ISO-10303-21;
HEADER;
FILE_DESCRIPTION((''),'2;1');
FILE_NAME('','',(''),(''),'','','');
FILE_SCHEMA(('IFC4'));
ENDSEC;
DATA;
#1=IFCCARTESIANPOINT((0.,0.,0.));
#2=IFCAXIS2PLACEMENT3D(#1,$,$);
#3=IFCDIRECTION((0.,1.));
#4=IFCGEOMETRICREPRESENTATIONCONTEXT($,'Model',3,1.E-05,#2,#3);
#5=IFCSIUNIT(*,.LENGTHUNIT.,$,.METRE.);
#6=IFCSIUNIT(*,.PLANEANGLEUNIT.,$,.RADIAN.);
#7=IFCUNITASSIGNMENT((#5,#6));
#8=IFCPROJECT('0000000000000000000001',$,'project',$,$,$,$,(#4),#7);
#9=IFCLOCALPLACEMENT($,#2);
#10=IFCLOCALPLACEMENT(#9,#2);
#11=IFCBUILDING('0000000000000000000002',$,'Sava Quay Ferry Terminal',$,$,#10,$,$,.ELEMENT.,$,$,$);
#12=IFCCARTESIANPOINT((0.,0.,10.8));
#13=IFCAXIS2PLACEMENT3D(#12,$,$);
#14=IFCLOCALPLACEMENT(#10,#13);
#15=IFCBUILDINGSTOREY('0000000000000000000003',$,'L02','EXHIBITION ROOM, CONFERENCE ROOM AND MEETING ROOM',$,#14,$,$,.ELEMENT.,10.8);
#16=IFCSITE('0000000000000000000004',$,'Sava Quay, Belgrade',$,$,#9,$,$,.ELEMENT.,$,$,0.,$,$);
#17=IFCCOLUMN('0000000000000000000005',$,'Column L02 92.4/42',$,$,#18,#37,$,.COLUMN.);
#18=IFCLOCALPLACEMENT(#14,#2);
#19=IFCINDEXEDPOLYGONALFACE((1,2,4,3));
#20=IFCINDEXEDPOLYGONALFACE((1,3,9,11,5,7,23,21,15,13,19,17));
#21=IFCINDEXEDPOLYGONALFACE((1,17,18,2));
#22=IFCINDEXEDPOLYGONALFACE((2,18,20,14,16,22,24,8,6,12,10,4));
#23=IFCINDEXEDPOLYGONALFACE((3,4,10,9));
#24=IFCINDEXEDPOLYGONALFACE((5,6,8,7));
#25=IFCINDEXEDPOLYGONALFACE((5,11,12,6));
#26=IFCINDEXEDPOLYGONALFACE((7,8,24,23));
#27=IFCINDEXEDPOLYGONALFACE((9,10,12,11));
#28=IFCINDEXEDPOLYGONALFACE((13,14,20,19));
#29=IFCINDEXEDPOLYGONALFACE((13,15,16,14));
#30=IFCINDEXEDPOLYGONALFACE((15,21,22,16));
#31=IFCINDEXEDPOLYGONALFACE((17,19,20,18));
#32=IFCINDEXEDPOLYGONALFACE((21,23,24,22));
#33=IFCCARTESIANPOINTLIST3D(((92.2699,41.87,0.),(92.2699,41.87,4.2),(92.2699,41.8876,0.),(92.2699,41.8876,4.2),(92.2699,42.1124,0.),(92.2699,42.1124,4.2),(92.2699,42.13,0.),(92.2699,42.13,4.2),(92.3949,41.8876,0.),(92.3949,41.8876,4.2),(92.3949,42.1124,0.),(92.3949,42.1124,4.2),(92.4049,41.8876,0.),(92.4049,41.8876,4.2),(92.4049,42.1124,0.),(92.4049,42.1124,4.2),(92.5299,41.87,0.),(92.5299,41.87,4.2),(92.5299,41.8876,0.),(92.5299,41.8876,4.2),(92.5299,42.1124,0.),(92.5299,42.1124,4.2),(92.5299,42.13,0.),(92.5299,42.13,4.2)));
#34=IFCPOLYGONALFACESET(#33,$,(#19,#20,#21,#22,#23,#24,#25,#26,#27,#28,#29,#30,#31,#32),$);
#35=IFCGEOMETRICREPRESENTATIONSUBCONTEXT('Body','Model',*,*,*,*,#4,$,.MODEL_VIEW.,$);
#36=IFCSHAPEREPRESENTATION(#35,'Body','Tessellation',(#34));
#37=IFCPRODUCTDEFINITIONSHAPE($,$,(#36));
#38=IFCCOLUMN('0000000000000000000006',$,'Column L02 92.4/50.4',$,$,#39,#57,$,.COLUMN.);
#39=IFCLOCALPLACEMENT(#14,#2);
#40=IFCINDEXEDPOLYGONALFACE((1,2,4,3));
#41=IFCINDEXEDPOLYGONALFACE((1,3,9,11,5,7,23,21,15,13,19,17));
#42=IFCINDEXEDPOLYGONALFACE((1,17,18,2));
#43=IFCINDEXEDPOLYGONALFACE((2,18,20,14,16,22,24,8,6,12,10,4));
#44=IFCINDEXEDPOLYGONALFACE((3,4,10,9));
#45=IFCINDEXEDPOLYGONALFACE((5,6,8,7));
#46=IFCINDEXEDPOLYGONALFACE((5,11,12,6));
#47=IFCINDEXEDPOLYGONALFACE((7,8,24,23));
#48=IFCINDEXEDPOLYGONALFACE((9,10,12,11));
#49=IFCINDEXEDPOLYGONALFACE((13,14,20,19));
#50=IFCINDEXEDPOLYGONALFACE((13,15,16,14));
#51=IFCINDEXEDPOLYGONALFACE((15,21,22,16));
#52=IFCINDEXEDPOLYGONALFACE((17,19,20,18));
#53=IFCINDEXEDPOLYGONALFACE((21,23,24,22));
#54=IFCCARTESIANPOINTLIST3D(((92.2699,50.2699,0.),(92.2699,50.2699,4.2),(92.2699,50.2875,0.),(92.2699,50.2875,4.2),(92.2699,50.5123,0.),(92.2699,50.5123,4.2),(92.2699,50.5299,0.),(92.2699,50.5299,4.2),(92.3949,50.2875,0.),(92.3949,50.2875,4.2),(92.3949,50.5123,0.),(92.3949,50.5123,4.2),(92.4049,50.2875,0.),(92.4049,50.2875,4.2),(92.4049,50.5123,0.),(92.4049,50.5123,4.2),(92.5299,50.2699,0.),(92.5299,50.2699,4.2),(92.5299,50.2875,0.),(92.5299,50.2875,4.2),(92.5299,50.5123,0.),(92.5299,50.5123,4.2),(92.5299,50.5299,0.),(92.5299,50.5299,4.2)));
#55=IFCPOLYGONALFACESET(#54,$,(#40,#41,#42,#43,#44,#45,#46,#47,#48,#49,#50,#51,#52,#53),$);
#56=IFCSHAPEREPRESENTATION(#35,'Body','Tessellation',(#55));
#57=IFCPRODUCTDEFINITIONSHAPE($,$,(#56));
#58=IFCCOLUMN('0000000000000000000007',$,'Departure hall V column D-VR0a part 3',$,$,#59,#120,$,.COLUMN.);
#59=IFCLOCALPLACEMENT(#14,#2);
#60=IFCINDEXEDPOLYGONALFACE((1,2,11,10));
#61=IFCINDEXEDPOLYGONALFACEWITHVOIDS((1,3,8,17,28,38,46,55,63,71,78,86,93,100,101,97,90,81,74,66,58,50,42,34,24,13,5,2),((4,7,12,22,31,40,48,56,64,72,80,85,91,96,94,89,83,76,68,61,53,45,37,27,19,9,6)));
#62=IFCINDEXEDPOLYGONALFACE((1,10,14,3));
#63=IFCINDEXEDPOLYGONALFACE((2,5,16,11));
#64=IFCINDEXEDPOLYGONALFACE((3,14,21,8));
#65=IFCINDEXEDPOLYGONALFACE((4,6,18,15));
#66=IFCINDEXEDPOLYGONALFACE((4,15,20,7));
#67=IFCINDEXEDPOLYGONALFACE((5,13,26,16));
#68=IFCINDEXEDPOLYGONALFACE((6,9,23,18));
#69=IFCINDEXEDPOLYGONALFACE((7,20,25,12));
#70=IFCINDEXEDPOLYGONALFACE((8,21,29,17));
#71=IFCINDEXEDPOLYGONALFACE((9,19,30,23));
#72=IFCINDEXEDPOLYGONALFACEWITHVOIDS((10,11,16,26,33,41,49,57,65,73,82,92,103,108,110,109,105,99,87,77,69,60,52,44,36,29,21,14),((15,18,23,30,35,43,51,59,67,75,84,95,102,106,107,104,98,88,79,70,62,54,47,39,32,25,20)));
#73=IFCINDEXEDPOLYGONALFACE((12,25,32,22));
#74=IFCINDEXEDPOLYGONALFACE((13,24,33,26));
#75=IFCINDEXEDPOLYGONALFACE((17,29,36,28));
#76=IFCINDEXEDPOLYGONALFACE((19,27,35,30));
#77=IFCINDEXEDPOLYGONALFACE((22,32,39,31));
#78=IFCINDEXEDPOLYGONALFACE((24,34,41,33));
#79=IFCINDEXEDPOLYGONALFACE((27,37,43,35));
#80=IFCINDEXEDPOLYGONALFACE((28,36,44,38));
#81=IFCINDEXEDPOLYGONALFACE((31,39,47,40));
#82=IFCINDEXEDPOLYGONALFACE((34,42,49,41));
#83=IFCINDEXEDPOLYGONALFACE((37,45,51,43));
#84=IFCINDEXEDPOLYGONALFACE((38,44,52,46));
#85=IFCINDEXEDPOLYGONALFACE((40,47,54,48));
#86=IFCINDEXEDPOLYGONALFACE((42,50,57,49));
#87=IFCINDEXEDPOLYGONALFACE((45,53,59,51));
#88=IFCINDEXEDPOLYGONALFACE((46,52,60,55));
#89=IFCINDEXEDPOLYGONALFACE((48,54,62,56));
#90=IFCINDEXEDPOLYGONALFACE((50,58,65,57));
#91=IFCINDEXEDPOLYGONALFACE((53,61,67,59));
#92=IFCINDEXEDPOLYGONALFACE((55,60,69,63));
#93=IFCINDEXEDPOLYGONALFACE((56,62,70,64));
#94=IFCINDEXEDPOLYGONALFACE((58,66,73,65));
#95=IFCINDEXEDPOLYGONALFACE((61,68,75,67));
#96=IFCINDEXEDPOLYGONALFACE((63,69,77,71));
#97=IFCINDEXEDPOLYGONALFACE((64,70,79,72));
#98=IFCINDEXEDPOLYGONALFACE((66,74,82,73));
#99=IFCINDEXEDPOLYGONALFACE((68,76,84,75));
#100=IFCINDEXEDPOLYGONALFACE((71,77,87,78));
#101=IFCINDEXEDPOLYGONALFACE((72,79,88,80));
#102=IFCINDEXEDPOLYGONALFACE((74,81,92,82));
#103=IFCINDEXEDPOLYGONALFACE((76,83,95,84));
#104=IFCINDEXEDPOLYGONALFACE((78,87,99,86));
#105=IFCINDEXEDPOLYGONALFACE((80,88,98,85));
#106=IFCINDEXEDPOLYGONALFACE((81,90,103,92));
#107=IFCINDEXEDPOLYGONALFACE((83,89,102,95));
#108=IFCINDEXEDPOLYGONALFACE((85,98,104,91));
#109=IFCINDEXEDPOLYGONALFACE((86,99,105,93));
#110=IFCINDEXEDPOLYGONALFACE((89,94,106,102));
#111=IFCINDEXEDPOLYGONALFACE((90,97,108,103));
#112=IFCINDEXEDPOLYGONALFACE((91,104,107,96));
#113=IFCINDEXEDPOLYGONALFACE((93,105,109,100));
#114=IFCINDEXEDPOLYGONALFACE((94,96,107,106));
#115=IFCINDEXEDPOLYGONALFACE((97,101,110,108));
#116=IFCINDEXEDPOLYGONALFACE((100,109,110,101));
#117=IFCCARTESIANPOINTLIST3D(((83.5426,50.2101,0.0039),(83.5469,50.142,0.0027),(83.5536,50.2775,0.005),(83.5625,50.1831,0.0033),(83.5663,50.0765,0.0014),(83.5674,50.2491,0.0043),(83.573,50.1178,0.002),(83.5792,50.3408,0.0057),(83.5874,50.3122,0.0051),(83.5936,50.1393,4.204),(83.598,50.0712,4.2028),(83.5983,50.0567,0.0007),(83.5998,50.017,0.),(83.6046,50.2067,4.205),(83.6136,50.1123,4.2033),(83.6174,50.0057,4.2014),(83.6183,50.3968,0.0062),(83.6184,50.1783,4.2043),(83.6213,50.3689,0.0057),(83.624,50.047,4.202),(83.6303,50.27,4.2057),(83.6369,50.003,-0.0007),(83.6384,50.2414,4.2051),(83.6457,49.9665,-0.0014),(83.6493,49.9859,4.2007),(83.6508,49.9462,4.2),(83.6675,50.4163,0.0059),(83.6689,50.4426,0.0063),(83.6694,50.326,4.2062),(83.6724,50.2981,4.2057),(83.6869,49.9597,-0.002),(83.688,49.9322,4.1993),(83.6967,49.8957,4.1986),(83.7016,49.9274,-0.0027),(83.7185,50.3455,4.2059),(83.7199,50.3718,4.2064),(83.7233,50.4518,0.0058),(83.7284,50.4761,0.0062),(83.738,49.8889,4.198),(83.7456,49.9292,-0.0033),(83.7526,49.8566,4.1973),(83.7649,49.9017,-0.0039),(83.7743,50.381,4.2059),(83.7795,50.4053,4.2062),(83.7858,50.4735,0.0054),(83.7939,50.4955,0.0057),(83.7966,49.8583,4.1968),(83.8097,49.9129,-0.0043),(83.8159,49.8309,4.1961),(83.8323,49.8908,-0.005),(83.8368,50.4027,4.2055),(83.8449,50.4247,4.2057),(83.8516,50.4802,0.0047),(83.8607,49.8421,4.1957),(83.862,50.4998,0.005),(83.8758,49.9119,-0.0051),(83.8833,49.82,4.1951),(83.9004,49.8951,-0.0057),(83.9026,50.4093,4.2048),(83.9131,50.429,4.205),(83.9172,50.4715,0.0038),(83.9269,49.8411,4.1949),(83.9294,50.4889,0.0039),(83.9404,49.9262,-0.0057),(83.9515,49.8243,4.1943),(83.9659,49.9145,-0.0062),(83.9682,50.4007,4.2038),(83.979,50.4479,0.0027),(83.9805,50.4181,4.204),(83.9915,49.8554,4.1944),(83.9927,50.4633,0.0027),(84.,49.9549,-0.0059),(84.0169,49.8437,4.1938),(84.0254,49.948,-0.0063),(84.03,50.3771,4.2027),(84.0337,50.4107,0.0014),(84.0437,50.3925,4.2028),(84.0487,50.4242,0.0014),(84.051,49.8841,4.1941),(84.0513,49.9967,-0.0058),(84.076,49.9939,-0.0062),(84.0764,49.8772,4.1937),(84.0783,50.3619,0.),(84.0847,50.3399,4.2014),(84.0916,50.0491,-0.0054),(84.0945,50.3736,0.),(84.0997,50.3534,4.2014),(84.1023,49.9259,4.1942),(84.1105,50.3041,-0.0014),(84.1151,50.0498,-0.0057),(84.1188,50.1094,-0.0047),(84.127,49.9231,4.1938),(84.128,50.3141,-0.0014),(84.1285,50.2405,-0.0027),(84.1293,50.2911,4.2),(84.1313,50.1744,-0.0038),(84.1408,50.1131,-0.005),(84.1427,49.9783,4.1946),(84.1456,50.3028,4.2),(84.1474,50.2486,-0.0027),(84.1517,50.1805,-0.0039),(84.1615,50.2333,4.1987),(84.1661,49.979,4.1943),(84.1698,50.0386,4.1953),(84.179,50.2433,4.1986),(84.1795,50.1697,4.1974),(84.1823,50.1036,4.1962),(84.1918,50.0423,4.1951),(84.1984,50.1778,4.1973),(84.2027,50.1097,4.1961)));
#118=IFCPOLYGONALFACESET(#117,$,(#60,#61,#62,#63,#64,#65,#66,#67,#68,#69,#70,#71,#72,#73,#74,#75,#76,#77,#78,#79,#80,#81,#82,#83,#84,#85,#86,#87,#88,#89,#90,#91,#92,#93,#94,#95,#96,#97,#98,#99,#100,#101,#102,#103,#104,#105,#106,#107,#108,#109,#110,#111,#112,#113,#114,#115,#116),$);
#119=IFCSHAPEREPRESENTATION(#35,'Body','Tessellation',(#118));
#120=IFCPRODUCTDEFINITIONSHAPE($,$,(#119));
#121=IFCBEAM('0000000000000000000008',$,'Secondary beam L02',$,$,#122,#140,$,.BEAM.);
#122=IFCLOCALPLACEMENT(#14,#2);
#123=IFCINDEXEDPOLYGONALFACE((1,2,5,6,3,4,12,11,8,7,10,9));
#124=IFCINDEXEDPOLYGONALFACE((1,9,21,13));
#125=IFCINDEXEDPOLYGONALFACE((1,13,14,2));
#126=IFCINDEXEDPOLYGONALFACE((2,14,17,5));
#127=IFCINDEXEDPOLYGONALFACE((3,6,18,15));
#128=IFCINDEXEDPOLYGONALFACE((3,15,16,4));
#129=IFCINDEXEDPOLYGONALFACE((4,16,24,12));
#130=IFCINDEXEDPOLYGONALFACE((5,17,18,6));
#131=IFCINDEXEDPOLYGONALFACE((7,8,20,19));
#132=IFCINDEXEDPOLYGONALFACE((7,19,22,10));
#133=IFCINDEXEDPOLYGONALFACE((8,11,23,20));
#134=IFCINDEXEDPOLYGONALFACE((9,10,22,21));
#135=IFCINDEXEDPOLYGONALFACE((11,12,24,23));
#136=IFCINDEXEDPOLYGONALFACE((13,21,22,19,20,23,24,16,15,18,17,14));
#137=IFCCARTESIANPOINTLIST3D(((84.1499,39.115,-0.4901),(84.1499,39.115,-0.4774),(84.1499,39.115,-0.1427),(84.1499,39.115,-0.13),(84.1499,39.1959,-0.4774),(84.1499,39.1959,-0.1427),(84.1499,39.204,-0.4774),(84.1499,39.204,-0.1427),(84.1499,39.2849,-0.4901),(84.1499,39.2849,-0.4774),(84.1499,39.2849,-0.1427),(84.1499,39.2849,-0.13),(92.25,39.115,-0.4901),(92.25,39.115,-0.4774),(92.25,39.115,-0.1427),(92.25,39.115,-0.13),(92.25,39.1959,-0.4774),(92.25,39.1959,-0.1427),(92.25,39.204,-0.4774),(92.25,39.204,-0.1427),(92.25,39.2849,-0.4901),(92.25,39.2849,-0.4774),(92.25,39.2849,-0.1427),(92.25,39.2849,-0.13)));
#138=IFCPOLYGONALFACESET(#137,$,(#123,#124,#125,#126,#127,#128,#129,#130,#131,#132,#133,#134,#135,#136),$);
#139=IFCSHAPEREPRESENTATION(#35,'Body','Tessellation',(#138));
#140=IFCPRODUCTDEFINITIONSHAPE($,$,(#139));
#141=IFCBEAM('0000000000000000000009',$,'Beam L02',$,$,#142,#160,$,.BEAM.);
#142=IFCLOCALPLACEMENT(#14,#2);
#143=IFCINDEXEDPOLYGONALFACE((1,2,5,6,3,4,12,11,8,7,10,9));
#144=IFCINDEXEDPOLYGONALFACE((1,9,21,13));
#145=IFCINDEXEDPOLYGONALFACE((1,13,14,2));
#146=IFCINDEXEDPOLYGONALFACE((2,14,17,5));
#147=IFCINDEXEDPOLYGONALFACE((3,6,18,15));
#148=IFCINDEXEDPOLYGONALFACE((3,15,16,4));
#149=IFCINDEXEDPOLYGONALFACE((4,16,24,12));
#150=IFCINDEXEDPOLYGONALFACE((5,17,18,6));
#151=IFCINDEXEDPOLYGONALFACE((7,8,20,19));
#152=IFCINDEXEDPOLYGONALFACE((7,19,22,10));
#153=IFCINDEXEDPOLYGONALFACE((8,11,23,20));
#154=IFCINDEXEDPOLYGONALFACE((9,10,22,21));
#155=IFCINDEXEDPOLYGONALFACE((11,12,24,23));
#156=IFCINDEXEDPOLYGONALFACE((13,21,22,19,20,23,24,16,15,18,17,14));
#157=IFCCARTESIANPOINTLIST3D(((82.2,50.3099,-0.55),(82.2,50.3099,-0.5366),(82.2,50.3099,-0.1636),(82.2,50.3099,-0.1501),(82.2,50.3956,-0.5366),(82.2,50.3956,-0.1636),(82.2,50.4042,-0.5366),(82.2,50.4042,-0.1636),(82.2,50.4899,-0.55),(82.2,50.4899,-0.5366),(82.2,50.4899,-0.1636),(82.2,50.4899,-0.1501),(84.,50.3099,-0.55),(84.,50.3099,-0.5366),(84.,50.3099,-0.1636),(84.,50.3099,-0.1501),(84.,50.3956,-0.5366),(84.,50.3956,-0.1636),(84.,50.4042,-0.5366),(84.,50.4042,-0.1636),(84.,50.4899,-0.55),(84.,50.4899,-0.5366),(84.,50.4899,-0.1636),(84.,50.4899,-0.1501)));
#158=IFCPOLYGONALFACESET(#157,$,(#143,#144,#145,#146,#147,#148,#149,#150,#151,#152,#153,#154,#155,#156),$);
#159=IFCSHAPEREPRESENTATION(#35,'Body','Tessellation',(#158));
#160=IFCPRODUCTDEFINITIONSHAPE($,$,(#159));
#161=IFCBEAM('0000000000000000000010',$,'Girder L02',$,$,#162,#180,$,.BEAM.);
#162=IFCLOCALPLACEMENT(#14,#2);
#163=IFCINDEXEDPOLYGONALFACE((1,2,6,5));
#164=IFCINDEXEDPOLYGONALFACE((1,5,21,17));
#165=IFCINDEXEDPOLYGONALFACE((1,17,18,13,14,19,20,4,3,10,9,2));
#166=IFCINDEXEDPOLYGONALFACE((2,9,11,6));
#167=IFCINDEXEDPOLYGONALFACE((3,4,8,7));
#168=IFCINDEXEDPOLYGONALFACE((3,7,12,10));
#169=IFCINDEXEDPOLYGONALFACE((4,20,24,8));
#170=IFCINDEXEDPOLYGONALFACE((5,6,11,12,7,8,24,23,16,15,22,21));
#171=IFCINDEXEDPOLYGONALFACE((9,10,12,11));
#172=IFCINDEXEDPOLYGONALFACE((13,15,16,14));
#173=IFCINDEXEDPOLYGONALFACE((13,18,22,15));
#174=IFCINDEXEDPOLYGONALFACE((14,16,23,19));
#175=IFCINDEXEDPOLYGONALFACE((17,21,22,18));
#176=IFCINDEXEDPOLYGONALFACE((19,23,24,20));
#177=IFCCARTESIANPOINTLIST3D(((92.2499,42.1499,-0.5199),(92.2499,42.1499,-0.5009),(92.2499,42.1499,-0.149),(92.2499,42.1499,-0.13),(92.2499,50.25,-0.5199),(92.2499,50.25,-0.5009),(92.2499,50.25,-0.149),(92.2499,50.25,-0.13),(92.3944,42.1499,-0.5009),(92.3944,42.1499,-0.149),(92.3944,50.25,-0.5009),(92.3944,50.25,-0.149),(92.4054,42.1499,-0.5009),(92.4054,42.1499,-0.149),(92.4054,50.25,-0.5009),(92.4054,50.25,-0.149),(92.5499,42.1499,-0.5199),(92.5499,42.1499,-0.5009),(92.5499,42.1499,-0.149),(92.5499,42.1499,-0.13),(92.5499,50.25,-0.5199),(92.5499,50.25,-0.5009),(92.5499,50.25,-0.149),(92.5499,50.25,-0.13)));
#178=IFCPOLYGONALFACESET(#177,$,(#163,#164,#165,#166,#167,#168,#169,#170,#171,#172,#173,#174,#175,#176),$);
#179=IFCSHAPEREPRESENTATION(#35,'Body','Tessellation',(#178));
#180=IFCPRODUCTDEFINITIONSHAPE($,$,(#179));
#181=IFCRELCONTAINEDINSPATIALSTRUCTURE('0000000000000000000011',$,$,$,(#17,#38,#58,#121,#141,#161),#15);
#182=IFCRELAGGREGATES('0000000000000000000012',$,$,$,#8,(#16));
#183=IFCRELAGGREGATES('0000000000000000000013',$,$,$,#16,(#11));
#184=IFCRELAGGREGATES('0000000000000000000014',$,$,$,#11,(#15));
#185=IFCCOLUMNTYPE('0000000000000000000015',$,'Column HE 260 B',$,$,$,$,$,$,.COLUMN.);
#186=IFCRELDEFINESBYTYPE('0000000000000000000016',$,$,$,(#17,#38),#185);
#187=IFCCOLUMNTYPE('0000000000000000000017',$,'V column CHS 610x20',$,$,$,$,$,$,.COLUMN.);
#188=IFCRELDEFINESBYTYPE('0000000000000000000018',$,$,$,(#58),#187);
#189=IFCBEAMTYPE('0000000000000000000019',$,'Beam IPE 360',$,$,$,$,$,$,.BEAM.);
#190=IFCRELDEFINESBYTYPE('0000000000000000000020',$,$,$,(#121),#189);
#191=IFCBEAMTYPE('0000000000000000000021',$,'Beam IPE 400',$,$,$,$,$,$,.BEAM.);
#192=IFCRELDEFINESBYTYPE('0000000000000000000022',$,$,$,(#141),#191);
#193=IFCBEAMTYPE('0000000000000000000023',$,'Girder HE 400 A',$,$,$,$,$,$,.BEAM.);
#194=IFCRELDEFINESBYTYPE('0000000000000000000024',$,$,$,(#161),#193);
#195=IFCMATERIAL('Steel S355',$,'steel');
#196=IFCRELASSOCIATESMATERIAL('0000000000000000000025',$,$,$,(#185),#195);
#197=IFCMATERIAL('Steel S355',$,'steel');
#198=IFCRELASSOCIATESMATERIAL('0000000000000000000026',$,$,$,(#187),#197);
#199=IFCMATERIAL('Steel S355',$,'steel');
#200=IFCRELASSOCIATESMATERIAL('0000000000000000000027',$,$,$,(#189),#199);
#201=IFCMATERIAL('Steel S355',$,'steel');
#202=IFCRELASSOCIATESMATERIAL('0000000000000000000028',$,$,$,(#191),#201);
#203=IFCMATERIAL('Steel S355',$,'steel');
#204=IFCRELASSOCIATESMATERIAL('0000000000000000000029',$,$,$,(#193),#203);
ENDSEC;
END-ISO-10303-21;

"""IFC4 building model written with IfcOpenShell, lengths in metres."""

from ifc_helpers import new_model, si_unit, direction, frame, origin, origin_2d, place, context, subcontext, project, spatial, hollow_circle, i_section, extrude, material, material_profile, profile_set, type_object, element, save


model = new_model("IFC4")

# Units and contexts
model_context = context("Model", 3, precision=1e-05, world=origin(), true_north=direction((0.0, 1.0)))
body_context = subcontext(model_context, "Body", "Model", "MODEL_VIEW")
ifc_project = project(units=[si_unit("LENGTHUNIT", "METRE"), si_unit("PLANEANGLEUNIT", "RADIAN")], contexts=[model_context])

# Site, building, storey
site_placement = place(None, origin())
site = spatial("IfcSite", under=ifc_project, at=site_placement, Name="Sava Quay, Belgrade", CompositionType="ELEMENT", RefElevation=0.0)
building_placement = place(site_placement, origin())
building = spatial("IfcBuilding", under=site, at=building_placement, Name="Sava Quay Ferry Terminal", CompositionType="ELEMENT")
storey_placement = place(building_placement, frame((0.0, 0.0, 10.8)))
storey = spatial("IfcBuildingStorey", under=building, at=storey_placement, Name="L02", Description="EXHIBITION ROOM, CONFERENCE ROOM AND MEETING ROOM", CompositionType="ELEMENT", Elevation=10.8)

# Columns
ifc_material_1 = material(Name="Steel S355", Category="steel")
ifc_material_profile_1 = material_profile(ifc_material_1, i_section(OverallWidth=0.26, OverallDepth=0.26, WebThickness=0.01, FlangeThickness=0.0176, at=origin_2d()), Name="HE 260 B")
ifc_profile_set_1 = profile_set([ifc_material_profile_1], Name="Steel S355")
column_type_1 = type_object("IfcColumnType", Name="Column HE 260 B", PredefinedType="COLUMN", material=ifc_profile_set_1)
for number, where, z_axis, x_axis, name in (
    (1, (92.3999, 42.0, 0.0), (0.0, 0.0, 1.0), (1.0, 0.0, 0.0), "Column L02 92.4/42"),
    (2, (92.3999, 50.3999, 0.0), (0.0, 0.0, 1.0), (1.0, 0.0, 0.0), "Column L02 92.4/50.4"),
):
    element("IfcColumn", number, at=place(storey_placement, frame(where, z_axis=z_axis, x_axis=x_axis)), inside=storey, type_object=column_type_1, Name=name, PredefinedType="COLUMN", context=body_context, shape_type="SweptSolid", body=[
        extrude(i_section(OverallWidth=0.26, OverallDepth=0.26, WebThickness=0.01, FlangeThickness=0.0176, at=origin_2d()), origin(), (0.0, 0.0, 1.0), 4.2),
    ])
ifc_material_2 = material(Name="Steel S355", Category="steel")
ifc_material_profile_2 = material_profile(ifc_material_2, hollow_circle(Radius=0.3049, WallThickness=0.02, at=origin_2d()), Name="CHS 610 x 20.0")
ifc_profile_set_2 = profile_set([ifc_material_profile_2], Name="Steel S355")
column_type_2 = type_object("IfcColumnType", Name="V column CHS 610x20", PredefinedType="COLUMN", material=ifc_profile_set_2)
column_placement = place(storey_placement, frame((83.8472, 50.1953, 0.0), z_axis=(0.012146, -0.016854, 0.999784), x_axis=(0.811269, 0.584673, 0.0)))
element("IfcColumn", 3, at=column_placement, inside=storey, type_object=column_type_2, Name="Departure hall V column D-VR0a part 3", PredefinedType="COLUMN", context=body_context, shape_type="SweptSolid", body=[
    extrude(hollow_circle(Radius=0.3049, WallThickness=0.02, at=origin_2d()), origin(), (0.0, 0.0, 1.0), 4.2009),
])

# Beams
ifc_material_3 = material(Name="Steel S355", Category="steel")
ifc_material_profile_3 = material_profile(ifc_material_3, i_section(OverallWidth=0.1699, OverallDepth=0.3601, WebThickness=0.0081, FlangeThickness=0.0127, at=origin_2d()), Name="IPE 360")
ifc_profile_set_3 = profile_set([ifc_material_profile_3], Name="Steel S355")
beam_type_1 = type_object("IfcBeamType", Name="Beam IPE 360", PredefinedType="BEAM", material=ifc_profile_set_3)
beam_1_placement = place(storey_placement, frame((84.1499, 39.2, -0.3101), z_axis=(1.0, 0.0, 0.0), x_axis=(0.0, 1.0, 0.0)))
element("IfcBeam", 4, at=beam_1_placement, inside=storey, type_object=beam_type_1, Name="Secondary beam L02", PredefinedType="BEAM", context=body_context, shape_type="SweptSolid", body=[
    extrude(i_section(OverallWidth=0.1699, OverallDepth=0.3601, WebThickness=0.0081, FlangeThickness=0.0127, at=origin_2d()), origin(), (0.0, 0.0, 1.0), 8.1001),
])
ifc_material_4 = material(Name="Steel S355", Category="steel")
ifc_material_profile_4 = material_profile(ifc_material_4, i_section(OverallWidth=0.1799, OverallDepth=0.3999, WebThickness=0.0085, FlangeThickness=0.0134, at=origin_2d()), Name="IPE 400")
ifc_profile_set_4 = profile_set([ifc_material_profile_4], Name="Steel S355")
beam_type_2 = type_object("IfcBeamType", Name="Beam IPE 400", PredefinedType="BEAM", material=ifc_profile_set_4)
beam_2_placement = place(storey_placement, frame((82.2, 50.3999, -0.3501), z_axis=(1.0, 0.0, 0.0), x_axis=(0.0, 1.0, 0.0)))
element("IfcBeam", 5, at=beam_2_placement, inside=storey, type_object=beam_type_2, Name="Beam L02", PredefinedType="BEAM", context=body_context, shape_type="SweptSolid", body=[
    extrude(i_section(OverallWidth=0.1799, OverallDepth=0.3999, WebThickness=0.0085, FlangeThickness=0.0134, at=origin_2d()), origin(), (0.0, 0.0, 1.0), 1.8),
])
ifc_material_5 = material(Name="Steel S355", Category="steel")
ifc_material_profile_5 = material_profile(ifc_material_5, i_section(OverallWidth=0.3, OverallDepth=0.3899, WebThickness=0.011, FlangeThickness=0.019, at=origin_2d()), Name="HE 400 A")
ifc_profile_set_5 = profile_set([ifc_material_profile_5], Name="Steel S355")
beam_type_3 = type_object("IfcBeamType", Name="Girder HE 400 A", PredefinedType="BEAM", material=ifc_profile_set_5)
beam_3_placement = place(storey_placement, frame((92.3999, 42.1499, -0.325), z_axis=(0.0, 1.0, 0.0), x_axis=(-1.0, 0.0, 0.0)))
element("IfcBeam", 6, at=beam_3_placement, inside=storey, type_object=beam_type_3, Name="Girder L02", PredefinedType="BEAM", context=body_context, shape_type="SweptSolid", body=[
    extrude(i_section(OverallWidth=0.3, OverallDepth=0.3899, WebThickness=0.011, FlangeThickness=0.019, at=origin_2d()), origin(), (0.0, 0.0, 1.0), 8.1001),
])

save(model, "model.ifc")
